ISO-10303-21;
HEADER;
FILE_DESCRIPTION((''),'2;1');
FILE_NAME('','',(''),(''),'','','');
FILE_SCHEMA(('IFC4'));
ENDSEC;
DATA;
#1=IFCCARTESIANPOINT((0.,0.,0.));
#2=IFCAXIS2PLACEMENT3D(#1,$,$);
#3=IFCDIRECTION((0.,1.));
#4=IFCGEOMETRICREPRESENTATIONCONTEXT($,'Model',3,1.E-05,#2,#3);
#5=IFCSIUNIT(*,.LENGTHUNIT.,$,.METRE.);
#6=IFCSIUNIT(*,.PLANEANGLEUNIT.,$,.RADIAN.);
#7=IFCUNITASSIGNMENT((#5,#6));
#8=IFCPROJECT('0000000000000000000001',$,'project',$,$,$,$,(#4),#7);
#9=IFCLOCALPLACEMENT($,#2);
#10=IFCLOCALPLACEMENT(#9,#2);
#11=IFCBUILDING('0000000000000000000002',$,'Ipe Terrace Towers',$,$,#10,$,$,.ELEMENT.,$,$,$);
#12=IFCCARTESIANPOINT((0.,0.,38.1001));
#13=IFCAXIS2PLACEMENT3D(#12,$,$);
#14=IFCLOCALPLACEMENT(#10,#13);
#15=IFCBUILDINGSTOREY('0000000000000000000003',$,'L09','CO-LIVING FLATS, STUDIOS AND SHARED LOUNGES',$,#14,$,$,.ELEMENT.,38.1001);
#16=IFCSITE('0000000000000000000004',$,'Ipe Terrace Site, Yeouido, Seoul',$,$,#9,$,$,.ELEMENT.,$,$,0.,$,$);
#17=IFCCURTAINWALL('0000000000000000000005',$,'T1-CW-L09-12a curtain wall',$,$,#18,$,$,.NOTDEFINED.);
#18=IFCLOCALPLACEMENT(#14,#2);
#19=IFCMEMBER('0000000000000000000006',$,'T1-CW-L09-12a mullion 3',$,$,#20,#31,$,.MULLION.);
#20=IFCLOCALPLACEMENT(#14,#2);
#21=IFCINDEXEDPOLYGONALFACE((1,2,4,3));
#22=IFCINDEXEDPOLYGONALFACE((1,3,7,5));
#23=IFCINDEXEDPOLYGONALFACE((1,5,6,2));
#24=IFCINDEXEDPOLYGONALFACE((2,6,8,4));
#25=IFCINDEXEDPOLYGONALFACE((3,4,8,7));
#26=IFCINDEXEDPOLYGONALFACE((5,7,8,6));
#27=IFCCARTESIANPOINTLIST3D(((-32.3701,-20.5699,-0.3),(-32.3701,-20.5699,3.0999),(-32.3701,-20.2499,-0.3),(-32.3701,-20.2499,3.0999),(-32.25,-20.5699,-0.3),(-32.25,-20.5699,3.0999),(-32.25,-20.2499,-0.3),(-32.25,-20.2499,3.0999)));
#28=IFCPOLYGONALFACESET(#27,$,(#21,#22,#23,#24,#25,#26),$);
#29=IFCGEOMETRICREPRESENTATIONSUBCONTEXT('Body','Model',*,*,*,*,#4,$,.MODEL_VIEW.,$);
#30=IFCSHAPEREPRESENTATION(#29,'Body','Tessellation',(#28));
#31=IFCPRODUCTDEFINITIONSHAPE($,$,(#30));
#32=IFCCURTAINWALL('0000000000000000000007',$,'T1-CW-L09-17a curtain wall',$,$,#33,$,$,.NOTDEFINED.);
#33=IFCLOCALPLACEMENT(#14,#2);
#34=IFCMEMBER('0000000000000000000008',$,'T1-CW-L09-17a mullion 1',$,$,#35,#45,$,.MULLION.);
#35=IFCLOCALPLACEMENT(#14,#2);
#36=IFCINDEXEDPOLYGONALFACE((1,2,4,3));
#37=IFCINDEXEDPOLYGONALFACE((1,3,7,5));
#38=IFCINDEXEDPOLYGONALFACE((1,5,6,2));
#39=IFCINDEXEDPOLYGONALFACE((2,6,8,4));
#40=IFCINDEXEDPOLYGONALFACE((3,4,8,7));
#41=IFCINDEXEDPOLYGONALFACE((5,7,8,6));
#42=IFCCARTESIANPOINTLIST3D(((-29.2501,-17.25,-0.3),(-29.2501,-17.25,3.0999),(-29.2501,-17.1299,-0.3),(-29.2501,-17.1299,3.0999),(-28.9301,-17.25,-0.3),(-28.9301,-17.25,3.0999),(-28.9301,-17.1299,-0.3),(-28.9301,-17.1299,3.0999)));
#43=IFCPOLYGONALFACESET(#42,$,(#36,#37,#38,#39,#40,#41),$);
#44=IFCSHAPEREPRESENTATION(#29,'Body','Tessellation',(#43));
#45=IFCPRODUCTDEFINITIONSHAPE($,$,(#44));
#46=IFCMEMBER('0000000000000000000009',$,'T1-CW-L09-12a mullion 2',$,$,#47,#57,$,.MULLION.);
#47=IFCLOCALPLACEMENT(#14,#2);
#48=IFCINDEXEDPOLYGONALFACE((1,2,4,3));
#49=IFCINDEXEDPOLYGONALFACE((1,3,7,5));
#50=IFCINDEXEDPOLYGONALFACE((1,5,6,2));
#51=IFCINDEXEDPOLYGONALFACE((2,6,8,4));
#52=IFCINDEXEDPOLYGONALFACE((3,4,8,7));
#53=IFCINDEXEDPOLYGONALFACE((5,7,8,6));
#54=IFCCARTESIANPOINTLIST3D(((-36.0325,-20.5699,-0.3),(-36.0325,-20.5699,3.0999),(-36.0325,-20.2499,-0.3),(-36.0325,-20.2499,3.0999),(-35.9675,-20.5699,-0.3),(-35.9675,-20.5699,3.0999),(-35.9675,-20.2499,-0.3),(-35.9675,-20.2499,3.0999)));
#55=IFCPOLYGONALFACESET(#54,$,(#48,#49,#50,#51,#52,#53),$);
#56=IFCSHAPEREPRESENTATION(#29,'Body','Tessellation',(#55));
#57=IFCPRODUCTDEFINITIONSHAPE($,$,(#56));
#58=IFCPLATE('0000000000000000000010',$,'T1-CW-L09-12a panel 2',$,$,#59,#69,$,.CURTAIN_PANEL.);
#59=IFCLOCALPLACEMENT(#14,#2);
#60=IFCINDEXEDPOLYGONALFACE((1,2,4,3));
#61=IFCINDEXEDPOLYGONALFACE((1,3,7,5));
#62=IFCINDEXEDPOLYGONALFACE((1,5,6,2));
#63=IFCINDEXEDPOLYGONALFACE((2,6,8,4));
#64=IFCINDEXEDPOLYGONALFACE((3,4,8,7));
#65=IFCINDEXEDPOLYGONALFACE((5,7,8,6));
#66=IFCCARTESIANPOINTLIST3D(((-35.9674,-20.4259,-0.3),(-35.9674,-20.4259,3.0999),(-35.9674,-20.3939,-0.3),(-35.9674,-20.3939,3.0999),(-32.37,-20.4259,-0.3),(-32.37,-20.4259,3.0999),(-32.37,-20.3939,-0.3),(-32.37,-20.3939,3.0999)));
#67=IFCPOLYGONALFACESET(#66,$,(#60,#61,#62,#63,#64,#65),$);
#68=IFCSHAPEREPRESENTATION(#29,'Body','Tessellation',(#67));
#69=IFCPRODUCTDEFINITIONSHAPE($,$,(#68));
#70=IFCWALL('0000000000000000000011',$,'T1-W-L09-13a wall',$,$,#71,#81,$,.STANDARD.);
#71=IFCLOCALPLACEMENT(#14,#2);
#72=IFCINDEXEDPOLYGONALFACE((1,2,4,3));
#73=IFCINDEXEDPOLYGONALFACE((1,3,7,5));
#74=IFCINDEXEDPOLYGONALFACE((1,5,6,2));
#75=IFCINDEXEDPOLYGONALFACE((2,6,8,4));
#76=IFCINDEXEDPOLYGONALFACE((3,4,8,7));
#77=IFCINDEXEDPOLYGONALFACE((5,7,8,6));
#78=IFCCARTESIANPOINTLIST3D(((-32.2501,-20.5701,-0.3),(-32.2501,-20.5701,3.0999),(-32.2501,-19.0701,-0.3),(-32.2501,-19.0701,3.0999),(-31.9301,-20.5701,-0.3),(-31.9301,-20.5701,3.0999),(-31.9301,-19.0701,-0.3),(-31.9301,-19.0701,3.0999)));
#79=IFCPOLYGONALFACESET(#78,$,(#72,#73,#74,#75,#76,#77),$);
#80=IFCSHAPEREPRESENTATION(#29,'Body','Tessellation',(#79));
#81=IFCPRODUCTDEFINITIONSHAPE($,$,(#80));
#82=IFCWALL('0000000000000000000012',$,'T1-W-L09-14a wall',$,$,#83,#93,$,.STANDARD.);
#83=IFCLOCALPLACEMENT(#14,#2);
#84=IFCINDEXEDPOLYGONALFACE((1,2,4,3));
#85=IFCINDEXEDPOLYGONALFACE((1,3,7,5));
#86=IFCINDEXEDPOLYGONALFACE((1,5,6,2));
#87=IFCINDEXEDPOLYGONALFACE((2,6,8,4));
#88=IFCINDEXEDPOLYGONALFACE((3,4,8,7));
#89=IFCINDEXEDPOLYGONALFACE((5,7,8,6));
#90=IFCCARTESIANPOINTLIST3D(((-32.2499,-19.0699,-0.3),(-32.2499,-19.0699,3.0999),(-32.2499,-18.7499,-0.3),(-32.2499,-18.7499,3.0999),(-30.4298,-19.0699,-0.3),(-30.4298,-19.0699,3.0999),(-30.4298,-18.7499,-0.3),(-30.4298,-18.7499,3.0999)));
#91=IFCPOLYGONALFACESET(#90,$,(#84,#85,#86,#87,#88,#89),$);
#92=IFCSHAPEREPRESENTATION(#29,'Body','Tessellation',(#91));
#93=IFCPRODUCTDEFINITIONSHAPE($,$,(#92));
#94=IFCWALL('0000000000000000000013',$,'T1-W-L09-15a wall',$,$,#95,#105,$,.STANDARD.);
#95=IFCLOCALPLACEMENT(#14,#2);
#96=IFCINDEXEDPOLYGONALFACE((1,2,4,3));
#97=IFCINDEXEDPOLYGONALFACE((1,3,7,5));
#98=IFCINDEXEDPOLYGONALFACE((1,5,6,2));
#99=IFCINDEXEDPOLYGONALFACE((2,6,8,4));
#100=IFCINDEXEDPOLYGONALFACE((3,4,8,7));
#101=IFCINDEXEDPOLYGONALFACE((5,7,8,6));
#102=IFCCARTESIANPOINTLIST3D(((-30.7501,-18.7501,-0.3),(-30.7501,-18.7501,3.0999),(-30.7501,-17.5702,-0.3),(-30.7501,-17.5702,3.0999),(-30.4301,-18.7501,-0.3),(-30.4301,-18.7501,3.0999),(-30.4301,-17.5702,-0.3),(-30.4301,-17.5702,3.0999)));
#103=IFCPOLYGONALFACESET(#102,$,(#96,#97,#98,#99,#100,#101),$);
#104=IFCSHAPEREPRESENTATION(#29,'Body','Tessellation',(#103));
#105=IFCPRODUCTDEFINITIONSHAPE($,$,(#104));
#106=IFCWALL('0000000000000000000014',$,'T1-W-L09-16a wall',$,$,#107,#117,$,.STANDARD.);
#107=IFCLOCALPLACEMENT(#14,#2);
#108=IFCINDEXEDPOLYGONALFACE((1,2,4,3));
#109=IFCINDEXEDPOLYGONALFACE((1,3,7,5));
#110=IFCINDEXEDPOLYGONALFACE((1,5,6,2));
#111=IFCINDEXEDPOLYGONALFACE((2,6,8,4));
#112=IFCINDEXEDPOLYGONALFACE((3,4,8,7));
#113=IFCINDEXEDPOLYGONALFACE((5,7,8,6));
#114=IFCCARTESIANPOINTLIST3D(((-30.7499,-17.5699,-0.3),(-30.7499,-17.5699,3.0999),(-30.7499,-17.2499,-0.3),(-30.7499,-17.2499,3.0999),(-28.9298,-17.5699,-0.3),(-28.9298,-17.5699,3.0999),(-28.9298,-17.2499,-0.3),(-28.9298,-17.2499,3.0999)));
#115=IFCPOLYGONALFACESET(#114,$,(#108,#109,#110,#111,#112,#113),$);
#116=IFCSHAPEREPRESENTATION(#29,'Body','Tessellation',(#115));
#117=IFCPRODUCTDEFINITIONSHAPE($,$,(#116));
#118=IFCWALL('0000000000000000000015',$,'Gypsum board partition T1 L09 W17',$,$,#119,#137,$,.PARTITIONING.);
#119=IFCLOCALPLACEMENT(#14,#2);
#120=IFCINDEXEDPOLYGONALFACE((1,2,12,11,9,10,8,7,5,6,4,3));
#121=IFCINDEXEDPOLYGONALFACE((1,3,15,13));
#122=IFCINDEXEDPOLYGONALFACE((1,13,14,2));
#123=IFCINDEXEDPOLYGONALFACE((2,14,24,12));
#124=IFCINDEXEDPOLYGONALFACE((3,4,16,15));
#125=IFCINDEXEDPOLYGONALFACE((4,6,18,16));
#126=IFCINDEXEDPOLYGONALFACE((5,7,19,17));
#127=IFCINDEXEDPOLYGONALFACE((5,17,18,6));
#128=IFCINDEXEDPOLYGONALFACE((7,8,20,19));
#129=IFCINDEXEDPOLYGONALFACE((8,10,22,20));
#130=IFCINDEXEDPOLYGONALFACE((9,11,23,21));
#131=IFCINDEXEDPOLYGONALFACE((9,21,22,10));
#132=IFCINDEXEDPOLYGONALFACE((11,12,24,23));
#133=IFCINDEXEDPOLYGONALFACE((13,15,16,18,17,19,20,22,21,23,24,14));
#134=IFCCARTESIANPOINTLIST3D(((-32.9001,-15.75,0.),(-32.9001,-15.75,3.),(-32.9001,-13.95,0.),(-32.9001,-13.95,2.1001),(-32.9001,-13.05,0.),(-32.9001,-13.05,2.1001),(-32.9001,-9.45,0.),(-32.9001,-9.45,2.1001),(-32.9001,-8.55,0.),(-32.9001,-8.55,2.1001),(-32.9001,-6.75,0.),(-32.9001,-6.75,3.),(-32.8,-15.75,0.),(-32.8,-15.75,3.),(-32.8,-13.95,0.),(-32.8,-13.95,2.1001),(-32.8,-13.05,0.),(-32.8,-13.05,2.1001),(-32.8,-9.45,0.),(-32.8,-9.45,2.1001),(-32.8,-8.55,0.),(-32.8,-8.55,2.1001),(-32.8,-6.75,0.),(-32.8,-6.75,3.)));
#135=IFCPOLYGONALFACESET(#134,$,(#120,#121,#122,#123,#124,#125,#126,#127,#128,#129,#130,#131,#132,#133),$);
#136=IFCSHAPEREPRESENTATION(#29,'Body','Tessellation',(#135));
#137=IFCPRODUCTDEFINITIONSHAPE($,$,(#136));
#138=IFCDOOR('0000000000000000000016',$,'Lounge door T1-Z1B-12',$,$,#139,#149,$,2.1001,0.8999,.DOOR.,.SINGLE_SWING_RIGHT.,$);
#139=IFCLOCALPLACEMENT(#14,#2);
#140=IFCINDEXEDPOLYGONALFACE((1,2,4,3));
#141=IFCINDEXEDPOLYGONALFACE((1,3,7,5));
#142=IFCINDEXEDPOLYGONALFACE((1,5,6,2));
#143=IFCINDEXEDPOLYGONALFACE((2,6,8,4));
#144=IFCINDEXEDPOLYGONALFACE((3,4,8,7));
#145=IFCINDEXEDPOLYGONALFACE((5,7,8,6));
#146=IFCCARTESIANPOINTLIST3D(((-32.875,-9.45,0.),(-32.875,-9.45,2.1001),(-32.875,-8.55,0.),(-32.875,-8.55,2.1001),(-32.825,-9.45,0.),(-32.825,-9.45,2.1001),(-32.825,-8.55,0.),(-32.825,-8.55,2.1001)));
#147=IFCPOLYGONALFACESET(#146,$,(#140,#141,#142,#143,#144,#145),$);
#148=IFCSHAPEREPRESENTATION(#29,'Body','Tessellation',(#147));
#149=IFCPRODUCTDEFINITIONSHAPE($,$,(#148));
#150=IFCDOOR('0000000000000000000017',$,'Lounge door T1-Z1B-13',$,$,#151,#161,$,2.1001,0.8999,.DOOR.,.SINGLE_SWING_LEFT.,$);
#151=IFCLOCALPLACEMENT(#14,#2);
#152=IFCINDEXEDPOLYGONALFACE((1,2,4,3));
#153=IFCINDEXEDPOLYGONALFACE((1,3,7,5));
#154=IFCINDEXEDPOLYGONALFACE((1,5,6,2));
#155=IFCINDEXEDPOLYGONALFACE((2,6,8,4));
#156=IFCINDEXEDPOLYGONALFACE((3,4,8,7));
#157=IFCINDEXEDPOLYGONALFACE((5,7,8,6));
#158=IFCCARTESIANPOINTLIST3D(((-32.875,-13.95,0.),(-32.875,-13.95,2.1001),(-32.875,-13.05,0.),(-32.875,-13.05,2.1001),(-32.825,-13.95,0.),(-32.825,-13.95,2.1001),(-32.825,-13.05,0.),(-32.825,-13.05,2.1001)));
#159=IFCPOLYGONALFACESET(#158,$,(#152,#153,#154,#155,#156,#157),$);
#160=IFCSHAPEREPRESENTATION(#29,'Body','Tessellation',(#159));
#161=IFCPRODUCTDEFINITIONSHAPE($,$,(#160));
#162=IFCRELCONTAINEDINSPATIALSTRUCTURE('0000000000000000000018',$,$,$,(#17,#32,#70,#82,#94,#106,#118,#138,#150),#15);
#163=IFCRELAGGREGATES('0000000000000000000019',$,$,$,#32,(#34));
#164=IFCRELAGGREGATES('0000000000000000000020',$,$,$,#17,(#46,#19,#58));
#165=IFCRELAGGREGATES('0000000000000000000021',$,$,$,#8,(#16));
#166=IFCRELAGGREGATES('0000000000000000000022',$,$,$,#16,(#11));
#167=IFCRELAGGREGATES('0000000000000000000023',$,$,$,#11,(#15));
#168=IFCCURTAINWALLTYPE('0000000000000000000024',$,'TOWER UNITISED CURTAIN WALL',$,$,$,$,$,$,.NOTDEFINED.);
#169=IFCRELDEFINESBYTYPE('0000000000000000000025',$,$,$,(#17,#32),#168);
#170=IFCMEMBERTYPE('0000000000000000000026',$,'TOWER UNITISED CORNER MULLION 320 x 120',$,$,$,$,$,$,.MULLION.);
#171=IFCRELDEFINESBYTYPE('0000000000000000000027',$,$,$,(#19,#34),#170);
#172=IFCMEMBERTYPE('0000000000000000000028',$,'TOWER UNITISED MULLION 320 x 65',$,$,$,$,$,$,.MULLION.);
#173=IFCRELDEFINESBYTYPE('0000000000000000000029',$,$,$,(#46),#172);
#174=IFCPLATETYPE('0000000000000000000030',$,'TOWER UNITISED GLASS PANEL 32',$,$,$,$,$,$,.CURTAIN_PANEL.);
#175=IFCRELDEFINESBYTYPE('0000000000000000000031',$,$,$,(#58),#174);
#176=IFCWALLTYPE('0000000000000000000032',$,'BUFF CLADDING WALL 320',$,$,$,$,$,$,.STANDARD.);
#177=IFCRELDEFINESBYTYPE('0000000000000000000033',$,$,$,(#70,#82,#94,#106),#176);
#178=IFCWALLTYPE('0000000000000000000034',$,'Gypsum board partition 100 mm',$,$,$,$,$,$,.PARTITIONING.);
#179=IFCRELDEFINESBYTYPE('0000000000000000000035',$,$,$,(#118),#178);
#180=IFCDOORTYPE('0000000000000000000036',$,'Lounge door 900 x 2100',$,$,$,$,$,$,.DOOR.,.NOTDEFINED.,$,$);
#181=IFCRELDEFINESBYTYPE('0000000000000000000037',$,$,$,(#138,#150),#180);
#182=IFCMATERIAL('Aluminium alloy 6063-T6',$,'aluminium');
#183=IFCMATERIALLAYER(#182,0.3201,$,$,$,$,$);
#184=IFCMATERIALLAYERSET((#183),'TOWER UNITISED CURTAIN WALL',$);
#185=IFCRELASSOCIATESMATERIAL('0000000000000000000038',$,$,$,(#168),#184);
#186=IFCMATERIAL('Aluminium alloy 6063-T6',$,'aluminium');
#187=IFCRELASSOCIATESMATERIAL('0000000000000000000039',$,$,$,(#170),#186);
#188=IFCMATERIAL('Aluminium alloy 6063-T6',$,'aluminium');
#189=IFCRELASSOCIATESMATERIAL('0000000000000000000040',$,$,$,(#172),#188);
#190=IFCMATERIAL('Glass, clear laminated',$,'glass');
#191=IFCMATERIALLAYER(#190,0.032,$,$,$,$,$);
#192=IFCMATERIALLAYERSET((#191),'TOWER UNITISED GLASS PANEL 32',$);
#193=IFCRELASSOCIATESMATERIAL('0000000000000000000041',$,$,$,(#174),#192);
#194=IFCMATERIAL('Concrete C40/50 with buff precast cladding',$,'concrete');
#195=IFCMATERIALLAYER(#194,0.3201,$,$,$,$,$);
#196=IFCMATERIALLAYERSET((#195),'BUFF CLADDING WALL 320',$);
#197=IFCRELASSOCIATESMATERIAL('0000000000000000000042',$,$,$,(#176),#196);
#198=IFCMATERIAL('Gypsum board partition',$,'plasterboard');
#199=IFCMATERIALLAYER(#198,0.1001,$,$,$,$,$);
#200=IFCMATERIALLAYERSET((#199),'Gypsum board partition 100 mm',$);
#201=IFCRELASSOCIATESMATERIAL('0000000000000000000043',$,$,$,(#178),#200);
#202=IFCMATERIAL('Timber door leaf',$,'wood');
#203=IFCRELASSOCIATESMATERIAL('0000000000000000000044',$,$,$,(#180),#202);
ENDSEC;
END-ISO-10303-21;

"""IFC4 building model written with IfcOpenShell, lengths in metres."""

from ifc_helpers import new_model, si_unit, direction, frame, frame_2d, origin, origin_2d, place, context, subcontext, project, spatial, rectangle, extrude, material, layer, layer_set, material_profile, profile_set, type_object, element, fill, aggregate, save


model = new_model("IFC4")

# Units and contexts
model_context = context("Model", 3, precision=1e-05, world=origin(), true_north=direction((0.0, 1.0)))
body_context = subcontext(model_context, "Body", "Model", "MODEL_VIEW")
ifc_project = project(units=[si_unit("LENGTHUNIT", "METRE"), si_unit("PLANEANGLEUNIT", "RADIAN")], contexts=[model_context])

# Site, building, storey
site_placement = place(None, origin())
site = spatial("IfcSite", under=ifc_project, at=site_placement, Name="Ipe Terrace Site, Yeouido, Seoul", CompositionType="ELEMENT", RefElevation=0.0)
building_placement = place(site_placement, origin())
building = spatial("IfcBuilding", under=site, at=building_placement, Name="Ipe Terrace Towers", CompositionType="ELEMENT")
storey_placement = place(building_placement, frame((0.0, 0.0, 38.1001)))
storey = spatial("IfcBuildingStorey", under=building, at=storey_placement, Name="L09", Description="CO-LIVING FLATS, STUDIOS AND SHARED LOUNGES", CompositionType="ELEMENT", Elevation=38.1001)

# Curtain walls, members
ifc_material_1 = material(Name="Aluminium alloy 6063-T6", Category="aluminium")
ifc_layer_1 = layer(ifc_material_1, 0.3201)
ifc_layer_set_1 = layer_set([ifc_layer_1], Name="TOWER UNITISED CURTAIN WALL")
curtain_wall_type = type_object("IfcCurtainWallType", Name="TOWER UNITISED CURTAIN WALL", PredefinedType="NOTDEFINED", material=ifc_layer_set_1)
curtain_wall_1_placement = place(storey_placement, origin())
curtain_wall_1 = element("IfcCurtainWall", 1, at=curtain_wall_1_placement, inside=storey, type_object=curtain_wall_type, Name="T1-CW-L09-12a curtain wall", PredefinedType="NOTDEFINED")
ifc_material_2 = material(Name="Aluminium alloy 6063-T6", Category="aluminium")
ifc_material_profile_1 = material_profile(ifc_material_2, rectangle(XDim=0.3201, YDim=0.1201, at=origin_2d()), Name="TOWER UNITISED CORNER MULLION 320 x 120")
ifc_profile_set_1 = profile_set([ifc_material_profile_1], Name="Aluminium alloy 6063-T6")
member_type_1 = type_object("IfcMemberType", Name="TOWER UNITISED CORNER MULLION 320 x 120", PredefinedType="MULLION", material=ifc_profile_set_1)
member_1_placement = place(storey_placement, frame((-32.3101, -20.4099, -0.3), z_axis=(0.0, 0.0, 1.0), x_axis=(0.0, -1.0, 0.0)))
member_1 = element("IfcMember", 2, at=member_1_placement, type_object=member_type_1, Name="T1-CW-L09-12a mullion 3", PredefinedType="MULLION", context=body_context, shape_type="SweptSolid", body=[
    extrude(rectangle(XDim=0.3201, YDim=0.1201, at=origin_2d()), origin(), (0.0, 0.0, 1.0), 3.3999),
])
curtain_wall_2_placement = place(storey_placement, origin())
curtain_wall_2 = element("IfcCurtainWall", 3, at=curtain_wall_2_placement, inside=storey, type_object=curtain_wall_type, Name="T1-CW-L09-17a curtain wall", PredefinedType="NOTDEFINED")
member_2_placement = place(storey_placement, frame((-29.0901, -17.1899, -0.3), z_axis=(0.0, 0.0, 1.0), x_axis=(1.0, 0.0, 0.0)))
member_2 = element("IfcMember", 4, at=member_2_placement, type_object=member_type_1, Name="T1-CW-L09-17a mullion 1", PredefinedType="MULLION", context=body_context, shape_type="SweptSolid", body=[
    extrude(rectangle(XDim=0.3201, YDim=0.1201, at=origin_2d()), origin(), (0.0, 0.0, 1.0), 3.3999),
])
aggregate(curtain_wall_2, [member_2])

# Member
ifc_material_3 = material(Name="Aluminium alloy 6063-T6", Category="aluminium")
ifc_material_profile_2 = material_profile(ifc_material_3, rectangle(XDim=0.3201, YDim=0.0649, at=origin_2d()), Name="TOWER UNITISED MULLION 320 x 65")
ifc_profile_set_2 = profile_set([ifc_material_profile_2], Name="Aluminium alloy 6063-T6")
member_type_2 = type_object("IfcMemberType", Name="TOWER UNITISED MULLION 320 x 65", PredefinedType="MULLION", material=ifc_profile_set_2)
member_3_placement = place(storey_placement, frame((-36.0, -20.4099, -0.3), z_axis=(0.0, 0.0, 1.0), x_axis=(0.0, -1.0, 0.0)))
member_3 = element("IfcMember", 5, at=member_3_placement, type_object=member_type_2, Name="T1-CW-L09-12a mullion 2", PredefinedType="MULLION", context=body_context, shape_type="SweptSolid", body=[
    extrude(rectangle(XDim=0.3201, YDim=0.0649, at=origin_2d()), origin(), (0.0, 0.0, 1.0), 3.3999),
])

# Plate
ifc_material_4 = material(Name="Glass, clear laminated", Category="glass")
ifc_layer_2 = layer(ifc_material_4, 0.032)
ifc_layer_set_2 = layer_set([ifc_layer_2], Name="TOWER UNITISED GLASS PANEL 32")
plate_type = type_object("IfcPlateType", Name="TOWER UNITISED GLASS PANEL 32", PredefinedType="CURTAIN_PANEL", material=ifc_layer_set_2)
plate_placement = place(storey_placement, frame((-34.1687, -20.4099, -0.3), z_axis=(0.0, 0.0, 1.0), x_axis=(1.0, 0.0, 0.0)))
plate = element("IfcPlate", 6, at=plate_placement, type_object=plate_type, Name="T1-CW-L09-12a panel 2", PredefinedType="CURTAIN_PANEL", context=body_context, shape_type="SweptSolid", body=[
    extrude(rectangle(XDim=3.5974, YDim=0.032, at=origin_2d()), origin(), (0.0, 0.0, 1.0), 3.3999),
])
aggregate(curtain_wall_1, [member_3, member_1, plate])

# Walls
ifc_material_5 = material(Name="Concrete C40/50 with buff precast cladding", Category="concrete")
ifc_layer_3 = layer(ifc_material_5, 0.3201)
ifc_layer_set_3 = layer_set([ifc_layer_3], Name="BUFF CLADDING WALL 320")
wall_type_1 = type_object("IfcWallType", Name="BUFF CLADDING WALL 320", PredefinedType="STANDARD", material=ifc_layer_set_3)
wall_1_placement = place(storey_placement, frame((-32.0901, -20.5701, -0.3), z_axis=(0.0, 0.0, 1.0), x_axis=(0.0, 1.0, 0.0)))
element("IfcWall", 7, at=wall_1_placement, inside=storey, type_object=wall_type_1, Name="T1-W-L09-13a wall", PredefinedType="STANDARD", context=body_context, shape_type="SweptSolid", body=[
    extrude(rectangle(XDim=1.5, YDim=0.3201, at=frame_2d((0.75, 0.0))), origin(), (0.0, 0.0, 1.0), 3.3999),
])
wall_2_placement = place(storey_placement, frame((-32.25, -18.9099, -0.3), z_axis=(0.0, 0.0, 1.0), x_axis=(1.0, 0.0, 0.0)))
element("IfcWall", 8, at=wall_2_placement, inside=storey, type_object=wall_type_1, Name="T1-W-L09-14a wall", PredefinedType="STANDARD", context=body_context, shape_type="SweptSolid", body=[
    extrude(rectangle(XDim=1.8201, YDim=0.3201, at=frame_2d((0.9102, 0.0))), origin(), (0.0, 0.0, 1.0), 3.3999),
])
wall_3_placement = place(storey_placement, frame((-30.5901, -18.75, -0.3), z_axis=(0.0, 0.0, 1.0), x_axis=(0.0, 1.0, 0.0)))
element("IfcWall", 9, at=wall_3_placement, inside=storey, type_object=wall_type_1, Name="T1-W-L09-15a wall", PredefinedType="STANDARD", context=body_context, shape_type="SweptSolid", body=[
    extrude(rectangle(XDim=1.1799, YDim=0.3201, at=frame_2d((0.5898, 0.0))), origin(), (0.0, 0.0, 1.0), 3.3999),
])
wall_4_placement = place(storey_placement, frame((-30.75, -17.4099, -0.3), z_axis=(0.0, 0.0, 1.0), x_axis=(1.0, 0.0, 0.0)))
element("IfcWall", 10, at=wall_4_placement, inside=storey, type_object=wall_type_1, Name="T1-W-L09-16a wall", PredefinedType="STANDARD", context=body_context, shape_type="SweptSolid", body=[
    extrude(rectangle(XDim=1.8201, YDim=0.3201, at=frame_2d((0.9102, 0.0))), origin(), (0.0, 0.0, 1.0), 3.3999),
])

# Wall, openings, doors
ifc_material_6 = material(Name="Gypsum board partition", Category="plasterboard")
ifc_layer_4 = layer(ifc_material_6, 0.1001)
ifc_layer_set_4 = layer_set([ifc_layer_4], Name="Gypsum board partition 100 mm")
wall_type_2 = type_object("IfcWallType", Name="Gypsum board partition 100 mm", PredefinedType="PARTITIONING", material=ifc_layer_set_4)
wall_5_placement = place(storey_placement, frame((-32.8501, -15.75, 0.0), z_axis=(0.0, 0.0, 1.0), x_axis=(0.0, 1.0, 0.0)))
wall_5 = element("IfcWall", 11, at=wall_5_placement, inside=storey, type_object=wall_type_2, Name="Gypsum board partition T1 L09 W17", PredefinedType="PARTITIONING", context=body_context, shape_type="SweptSolid", body=[
    extrude(rectangle(XDim=9.0, YDim=0.1001, at=frame_2d((4.5, 0.0))), origin(), (0.0, 0.0, 1.0), 3.0),
])
opening_1_placement = place(wall_5_placement, frame((6.3, 0.0, 0.0)))
opening_1 = element("IfcOpeningElement", 12, at=opening_1_placement, cuts=wall_5, PredefinedType="OPENING", context=body_context, shape_type="SweptSolid", body=[
    extrude(rectangle(XDim=0.8999, YDim=2.1001, at=frame_2d((0.45, 1.05))), frame((0.0, 0.0601, 0.0), z_axis=(0.0, -1.0, 0.0), x_axis=(1.0, 0.0, 0.0)), (0.0, 0.0, 1.0), 0.1201),
])
opening_2_placement = place(wall_5_placement, frame((1.8, 0.0, 0.0)))
opening_2 = element("IfcOpeningElement", 13, at=opening_2_placement, cuts=wall_5, PredefinedType="OPENING", context=body_context, shape_type="SweptSolid", body=[
    extrude(rectangle(XDim=0.8999, YDim=2.1001, at=frame_2d((0.45, 1.05))), frame((0.0, 0.0601, 0.0), z_axis=(0.0, -1.0, 0.0), x_axis=(1.0, 0.0, 0.0)), (0.0, 0.0, 1.0), 0.1201),
])
ifc_material_7 = material(Name="Timber door leaf", Category="wood")
door_type_1 = type_object("IfcDoorType", Name="Lounge door 900 x 2100", OperationType="NOTDEFINED", PredefinedType="DOOR", material=ifc_material_7)
door_1_placement = place(opening_1_placement, origin())
door_1 = element("IfcDoor", 14, at=door_1_placement, inside=storey, type_object=door_type_1, Name="Lounge door T1-Z1B-12", OperationType="SINGLE_SWING_RIGHT", OverallHeight=2.1001, OverallWidth=0.8999, PredefinedType="DOOR", context=body_context, shape_type="SweptSolid", body=[
    extrude(rectangle(XDim=0.8999, YDim=2.1001, at=frame_2d((0.45, 1.05))), frame((0.0, 0.0249, 0.0), z_axis=(0.0, -1.0, 0.0), x_axis=(1.0, 0.0, 0.0)), (0.0, 0.0, 1.0), 0.05),
])
fill(opening_1, door_1)
door_2_placement = place(opening_2_placement, origin())
door_2 = element("IfcDoor", 15, at=door_2_placement, inside=storey, type_object=door_type_1, Name="Lounge door T1-Z1B-13", OperationType="SINGLE_SWING_LEFT", OverallHeight=2.1001, OverallWidth=0.8999, PredefinedType="DOOR", context=body_context, shape_type="SweptSolid", body=[
    extrude(rectangle(XDim=0.8999, YDim=2.1001, at=frame_2d((0.45, 1.05))), frame((0.0, 0.0249, 0.0), z_axis=(0.0, -1.0, 0.0), x_axis=(1.0, 0.0, 0.0)), (0.0, 0.0, 1.0), 0.05),
])
fill(opening_2, door_2)

save(model, "model.ifc")
